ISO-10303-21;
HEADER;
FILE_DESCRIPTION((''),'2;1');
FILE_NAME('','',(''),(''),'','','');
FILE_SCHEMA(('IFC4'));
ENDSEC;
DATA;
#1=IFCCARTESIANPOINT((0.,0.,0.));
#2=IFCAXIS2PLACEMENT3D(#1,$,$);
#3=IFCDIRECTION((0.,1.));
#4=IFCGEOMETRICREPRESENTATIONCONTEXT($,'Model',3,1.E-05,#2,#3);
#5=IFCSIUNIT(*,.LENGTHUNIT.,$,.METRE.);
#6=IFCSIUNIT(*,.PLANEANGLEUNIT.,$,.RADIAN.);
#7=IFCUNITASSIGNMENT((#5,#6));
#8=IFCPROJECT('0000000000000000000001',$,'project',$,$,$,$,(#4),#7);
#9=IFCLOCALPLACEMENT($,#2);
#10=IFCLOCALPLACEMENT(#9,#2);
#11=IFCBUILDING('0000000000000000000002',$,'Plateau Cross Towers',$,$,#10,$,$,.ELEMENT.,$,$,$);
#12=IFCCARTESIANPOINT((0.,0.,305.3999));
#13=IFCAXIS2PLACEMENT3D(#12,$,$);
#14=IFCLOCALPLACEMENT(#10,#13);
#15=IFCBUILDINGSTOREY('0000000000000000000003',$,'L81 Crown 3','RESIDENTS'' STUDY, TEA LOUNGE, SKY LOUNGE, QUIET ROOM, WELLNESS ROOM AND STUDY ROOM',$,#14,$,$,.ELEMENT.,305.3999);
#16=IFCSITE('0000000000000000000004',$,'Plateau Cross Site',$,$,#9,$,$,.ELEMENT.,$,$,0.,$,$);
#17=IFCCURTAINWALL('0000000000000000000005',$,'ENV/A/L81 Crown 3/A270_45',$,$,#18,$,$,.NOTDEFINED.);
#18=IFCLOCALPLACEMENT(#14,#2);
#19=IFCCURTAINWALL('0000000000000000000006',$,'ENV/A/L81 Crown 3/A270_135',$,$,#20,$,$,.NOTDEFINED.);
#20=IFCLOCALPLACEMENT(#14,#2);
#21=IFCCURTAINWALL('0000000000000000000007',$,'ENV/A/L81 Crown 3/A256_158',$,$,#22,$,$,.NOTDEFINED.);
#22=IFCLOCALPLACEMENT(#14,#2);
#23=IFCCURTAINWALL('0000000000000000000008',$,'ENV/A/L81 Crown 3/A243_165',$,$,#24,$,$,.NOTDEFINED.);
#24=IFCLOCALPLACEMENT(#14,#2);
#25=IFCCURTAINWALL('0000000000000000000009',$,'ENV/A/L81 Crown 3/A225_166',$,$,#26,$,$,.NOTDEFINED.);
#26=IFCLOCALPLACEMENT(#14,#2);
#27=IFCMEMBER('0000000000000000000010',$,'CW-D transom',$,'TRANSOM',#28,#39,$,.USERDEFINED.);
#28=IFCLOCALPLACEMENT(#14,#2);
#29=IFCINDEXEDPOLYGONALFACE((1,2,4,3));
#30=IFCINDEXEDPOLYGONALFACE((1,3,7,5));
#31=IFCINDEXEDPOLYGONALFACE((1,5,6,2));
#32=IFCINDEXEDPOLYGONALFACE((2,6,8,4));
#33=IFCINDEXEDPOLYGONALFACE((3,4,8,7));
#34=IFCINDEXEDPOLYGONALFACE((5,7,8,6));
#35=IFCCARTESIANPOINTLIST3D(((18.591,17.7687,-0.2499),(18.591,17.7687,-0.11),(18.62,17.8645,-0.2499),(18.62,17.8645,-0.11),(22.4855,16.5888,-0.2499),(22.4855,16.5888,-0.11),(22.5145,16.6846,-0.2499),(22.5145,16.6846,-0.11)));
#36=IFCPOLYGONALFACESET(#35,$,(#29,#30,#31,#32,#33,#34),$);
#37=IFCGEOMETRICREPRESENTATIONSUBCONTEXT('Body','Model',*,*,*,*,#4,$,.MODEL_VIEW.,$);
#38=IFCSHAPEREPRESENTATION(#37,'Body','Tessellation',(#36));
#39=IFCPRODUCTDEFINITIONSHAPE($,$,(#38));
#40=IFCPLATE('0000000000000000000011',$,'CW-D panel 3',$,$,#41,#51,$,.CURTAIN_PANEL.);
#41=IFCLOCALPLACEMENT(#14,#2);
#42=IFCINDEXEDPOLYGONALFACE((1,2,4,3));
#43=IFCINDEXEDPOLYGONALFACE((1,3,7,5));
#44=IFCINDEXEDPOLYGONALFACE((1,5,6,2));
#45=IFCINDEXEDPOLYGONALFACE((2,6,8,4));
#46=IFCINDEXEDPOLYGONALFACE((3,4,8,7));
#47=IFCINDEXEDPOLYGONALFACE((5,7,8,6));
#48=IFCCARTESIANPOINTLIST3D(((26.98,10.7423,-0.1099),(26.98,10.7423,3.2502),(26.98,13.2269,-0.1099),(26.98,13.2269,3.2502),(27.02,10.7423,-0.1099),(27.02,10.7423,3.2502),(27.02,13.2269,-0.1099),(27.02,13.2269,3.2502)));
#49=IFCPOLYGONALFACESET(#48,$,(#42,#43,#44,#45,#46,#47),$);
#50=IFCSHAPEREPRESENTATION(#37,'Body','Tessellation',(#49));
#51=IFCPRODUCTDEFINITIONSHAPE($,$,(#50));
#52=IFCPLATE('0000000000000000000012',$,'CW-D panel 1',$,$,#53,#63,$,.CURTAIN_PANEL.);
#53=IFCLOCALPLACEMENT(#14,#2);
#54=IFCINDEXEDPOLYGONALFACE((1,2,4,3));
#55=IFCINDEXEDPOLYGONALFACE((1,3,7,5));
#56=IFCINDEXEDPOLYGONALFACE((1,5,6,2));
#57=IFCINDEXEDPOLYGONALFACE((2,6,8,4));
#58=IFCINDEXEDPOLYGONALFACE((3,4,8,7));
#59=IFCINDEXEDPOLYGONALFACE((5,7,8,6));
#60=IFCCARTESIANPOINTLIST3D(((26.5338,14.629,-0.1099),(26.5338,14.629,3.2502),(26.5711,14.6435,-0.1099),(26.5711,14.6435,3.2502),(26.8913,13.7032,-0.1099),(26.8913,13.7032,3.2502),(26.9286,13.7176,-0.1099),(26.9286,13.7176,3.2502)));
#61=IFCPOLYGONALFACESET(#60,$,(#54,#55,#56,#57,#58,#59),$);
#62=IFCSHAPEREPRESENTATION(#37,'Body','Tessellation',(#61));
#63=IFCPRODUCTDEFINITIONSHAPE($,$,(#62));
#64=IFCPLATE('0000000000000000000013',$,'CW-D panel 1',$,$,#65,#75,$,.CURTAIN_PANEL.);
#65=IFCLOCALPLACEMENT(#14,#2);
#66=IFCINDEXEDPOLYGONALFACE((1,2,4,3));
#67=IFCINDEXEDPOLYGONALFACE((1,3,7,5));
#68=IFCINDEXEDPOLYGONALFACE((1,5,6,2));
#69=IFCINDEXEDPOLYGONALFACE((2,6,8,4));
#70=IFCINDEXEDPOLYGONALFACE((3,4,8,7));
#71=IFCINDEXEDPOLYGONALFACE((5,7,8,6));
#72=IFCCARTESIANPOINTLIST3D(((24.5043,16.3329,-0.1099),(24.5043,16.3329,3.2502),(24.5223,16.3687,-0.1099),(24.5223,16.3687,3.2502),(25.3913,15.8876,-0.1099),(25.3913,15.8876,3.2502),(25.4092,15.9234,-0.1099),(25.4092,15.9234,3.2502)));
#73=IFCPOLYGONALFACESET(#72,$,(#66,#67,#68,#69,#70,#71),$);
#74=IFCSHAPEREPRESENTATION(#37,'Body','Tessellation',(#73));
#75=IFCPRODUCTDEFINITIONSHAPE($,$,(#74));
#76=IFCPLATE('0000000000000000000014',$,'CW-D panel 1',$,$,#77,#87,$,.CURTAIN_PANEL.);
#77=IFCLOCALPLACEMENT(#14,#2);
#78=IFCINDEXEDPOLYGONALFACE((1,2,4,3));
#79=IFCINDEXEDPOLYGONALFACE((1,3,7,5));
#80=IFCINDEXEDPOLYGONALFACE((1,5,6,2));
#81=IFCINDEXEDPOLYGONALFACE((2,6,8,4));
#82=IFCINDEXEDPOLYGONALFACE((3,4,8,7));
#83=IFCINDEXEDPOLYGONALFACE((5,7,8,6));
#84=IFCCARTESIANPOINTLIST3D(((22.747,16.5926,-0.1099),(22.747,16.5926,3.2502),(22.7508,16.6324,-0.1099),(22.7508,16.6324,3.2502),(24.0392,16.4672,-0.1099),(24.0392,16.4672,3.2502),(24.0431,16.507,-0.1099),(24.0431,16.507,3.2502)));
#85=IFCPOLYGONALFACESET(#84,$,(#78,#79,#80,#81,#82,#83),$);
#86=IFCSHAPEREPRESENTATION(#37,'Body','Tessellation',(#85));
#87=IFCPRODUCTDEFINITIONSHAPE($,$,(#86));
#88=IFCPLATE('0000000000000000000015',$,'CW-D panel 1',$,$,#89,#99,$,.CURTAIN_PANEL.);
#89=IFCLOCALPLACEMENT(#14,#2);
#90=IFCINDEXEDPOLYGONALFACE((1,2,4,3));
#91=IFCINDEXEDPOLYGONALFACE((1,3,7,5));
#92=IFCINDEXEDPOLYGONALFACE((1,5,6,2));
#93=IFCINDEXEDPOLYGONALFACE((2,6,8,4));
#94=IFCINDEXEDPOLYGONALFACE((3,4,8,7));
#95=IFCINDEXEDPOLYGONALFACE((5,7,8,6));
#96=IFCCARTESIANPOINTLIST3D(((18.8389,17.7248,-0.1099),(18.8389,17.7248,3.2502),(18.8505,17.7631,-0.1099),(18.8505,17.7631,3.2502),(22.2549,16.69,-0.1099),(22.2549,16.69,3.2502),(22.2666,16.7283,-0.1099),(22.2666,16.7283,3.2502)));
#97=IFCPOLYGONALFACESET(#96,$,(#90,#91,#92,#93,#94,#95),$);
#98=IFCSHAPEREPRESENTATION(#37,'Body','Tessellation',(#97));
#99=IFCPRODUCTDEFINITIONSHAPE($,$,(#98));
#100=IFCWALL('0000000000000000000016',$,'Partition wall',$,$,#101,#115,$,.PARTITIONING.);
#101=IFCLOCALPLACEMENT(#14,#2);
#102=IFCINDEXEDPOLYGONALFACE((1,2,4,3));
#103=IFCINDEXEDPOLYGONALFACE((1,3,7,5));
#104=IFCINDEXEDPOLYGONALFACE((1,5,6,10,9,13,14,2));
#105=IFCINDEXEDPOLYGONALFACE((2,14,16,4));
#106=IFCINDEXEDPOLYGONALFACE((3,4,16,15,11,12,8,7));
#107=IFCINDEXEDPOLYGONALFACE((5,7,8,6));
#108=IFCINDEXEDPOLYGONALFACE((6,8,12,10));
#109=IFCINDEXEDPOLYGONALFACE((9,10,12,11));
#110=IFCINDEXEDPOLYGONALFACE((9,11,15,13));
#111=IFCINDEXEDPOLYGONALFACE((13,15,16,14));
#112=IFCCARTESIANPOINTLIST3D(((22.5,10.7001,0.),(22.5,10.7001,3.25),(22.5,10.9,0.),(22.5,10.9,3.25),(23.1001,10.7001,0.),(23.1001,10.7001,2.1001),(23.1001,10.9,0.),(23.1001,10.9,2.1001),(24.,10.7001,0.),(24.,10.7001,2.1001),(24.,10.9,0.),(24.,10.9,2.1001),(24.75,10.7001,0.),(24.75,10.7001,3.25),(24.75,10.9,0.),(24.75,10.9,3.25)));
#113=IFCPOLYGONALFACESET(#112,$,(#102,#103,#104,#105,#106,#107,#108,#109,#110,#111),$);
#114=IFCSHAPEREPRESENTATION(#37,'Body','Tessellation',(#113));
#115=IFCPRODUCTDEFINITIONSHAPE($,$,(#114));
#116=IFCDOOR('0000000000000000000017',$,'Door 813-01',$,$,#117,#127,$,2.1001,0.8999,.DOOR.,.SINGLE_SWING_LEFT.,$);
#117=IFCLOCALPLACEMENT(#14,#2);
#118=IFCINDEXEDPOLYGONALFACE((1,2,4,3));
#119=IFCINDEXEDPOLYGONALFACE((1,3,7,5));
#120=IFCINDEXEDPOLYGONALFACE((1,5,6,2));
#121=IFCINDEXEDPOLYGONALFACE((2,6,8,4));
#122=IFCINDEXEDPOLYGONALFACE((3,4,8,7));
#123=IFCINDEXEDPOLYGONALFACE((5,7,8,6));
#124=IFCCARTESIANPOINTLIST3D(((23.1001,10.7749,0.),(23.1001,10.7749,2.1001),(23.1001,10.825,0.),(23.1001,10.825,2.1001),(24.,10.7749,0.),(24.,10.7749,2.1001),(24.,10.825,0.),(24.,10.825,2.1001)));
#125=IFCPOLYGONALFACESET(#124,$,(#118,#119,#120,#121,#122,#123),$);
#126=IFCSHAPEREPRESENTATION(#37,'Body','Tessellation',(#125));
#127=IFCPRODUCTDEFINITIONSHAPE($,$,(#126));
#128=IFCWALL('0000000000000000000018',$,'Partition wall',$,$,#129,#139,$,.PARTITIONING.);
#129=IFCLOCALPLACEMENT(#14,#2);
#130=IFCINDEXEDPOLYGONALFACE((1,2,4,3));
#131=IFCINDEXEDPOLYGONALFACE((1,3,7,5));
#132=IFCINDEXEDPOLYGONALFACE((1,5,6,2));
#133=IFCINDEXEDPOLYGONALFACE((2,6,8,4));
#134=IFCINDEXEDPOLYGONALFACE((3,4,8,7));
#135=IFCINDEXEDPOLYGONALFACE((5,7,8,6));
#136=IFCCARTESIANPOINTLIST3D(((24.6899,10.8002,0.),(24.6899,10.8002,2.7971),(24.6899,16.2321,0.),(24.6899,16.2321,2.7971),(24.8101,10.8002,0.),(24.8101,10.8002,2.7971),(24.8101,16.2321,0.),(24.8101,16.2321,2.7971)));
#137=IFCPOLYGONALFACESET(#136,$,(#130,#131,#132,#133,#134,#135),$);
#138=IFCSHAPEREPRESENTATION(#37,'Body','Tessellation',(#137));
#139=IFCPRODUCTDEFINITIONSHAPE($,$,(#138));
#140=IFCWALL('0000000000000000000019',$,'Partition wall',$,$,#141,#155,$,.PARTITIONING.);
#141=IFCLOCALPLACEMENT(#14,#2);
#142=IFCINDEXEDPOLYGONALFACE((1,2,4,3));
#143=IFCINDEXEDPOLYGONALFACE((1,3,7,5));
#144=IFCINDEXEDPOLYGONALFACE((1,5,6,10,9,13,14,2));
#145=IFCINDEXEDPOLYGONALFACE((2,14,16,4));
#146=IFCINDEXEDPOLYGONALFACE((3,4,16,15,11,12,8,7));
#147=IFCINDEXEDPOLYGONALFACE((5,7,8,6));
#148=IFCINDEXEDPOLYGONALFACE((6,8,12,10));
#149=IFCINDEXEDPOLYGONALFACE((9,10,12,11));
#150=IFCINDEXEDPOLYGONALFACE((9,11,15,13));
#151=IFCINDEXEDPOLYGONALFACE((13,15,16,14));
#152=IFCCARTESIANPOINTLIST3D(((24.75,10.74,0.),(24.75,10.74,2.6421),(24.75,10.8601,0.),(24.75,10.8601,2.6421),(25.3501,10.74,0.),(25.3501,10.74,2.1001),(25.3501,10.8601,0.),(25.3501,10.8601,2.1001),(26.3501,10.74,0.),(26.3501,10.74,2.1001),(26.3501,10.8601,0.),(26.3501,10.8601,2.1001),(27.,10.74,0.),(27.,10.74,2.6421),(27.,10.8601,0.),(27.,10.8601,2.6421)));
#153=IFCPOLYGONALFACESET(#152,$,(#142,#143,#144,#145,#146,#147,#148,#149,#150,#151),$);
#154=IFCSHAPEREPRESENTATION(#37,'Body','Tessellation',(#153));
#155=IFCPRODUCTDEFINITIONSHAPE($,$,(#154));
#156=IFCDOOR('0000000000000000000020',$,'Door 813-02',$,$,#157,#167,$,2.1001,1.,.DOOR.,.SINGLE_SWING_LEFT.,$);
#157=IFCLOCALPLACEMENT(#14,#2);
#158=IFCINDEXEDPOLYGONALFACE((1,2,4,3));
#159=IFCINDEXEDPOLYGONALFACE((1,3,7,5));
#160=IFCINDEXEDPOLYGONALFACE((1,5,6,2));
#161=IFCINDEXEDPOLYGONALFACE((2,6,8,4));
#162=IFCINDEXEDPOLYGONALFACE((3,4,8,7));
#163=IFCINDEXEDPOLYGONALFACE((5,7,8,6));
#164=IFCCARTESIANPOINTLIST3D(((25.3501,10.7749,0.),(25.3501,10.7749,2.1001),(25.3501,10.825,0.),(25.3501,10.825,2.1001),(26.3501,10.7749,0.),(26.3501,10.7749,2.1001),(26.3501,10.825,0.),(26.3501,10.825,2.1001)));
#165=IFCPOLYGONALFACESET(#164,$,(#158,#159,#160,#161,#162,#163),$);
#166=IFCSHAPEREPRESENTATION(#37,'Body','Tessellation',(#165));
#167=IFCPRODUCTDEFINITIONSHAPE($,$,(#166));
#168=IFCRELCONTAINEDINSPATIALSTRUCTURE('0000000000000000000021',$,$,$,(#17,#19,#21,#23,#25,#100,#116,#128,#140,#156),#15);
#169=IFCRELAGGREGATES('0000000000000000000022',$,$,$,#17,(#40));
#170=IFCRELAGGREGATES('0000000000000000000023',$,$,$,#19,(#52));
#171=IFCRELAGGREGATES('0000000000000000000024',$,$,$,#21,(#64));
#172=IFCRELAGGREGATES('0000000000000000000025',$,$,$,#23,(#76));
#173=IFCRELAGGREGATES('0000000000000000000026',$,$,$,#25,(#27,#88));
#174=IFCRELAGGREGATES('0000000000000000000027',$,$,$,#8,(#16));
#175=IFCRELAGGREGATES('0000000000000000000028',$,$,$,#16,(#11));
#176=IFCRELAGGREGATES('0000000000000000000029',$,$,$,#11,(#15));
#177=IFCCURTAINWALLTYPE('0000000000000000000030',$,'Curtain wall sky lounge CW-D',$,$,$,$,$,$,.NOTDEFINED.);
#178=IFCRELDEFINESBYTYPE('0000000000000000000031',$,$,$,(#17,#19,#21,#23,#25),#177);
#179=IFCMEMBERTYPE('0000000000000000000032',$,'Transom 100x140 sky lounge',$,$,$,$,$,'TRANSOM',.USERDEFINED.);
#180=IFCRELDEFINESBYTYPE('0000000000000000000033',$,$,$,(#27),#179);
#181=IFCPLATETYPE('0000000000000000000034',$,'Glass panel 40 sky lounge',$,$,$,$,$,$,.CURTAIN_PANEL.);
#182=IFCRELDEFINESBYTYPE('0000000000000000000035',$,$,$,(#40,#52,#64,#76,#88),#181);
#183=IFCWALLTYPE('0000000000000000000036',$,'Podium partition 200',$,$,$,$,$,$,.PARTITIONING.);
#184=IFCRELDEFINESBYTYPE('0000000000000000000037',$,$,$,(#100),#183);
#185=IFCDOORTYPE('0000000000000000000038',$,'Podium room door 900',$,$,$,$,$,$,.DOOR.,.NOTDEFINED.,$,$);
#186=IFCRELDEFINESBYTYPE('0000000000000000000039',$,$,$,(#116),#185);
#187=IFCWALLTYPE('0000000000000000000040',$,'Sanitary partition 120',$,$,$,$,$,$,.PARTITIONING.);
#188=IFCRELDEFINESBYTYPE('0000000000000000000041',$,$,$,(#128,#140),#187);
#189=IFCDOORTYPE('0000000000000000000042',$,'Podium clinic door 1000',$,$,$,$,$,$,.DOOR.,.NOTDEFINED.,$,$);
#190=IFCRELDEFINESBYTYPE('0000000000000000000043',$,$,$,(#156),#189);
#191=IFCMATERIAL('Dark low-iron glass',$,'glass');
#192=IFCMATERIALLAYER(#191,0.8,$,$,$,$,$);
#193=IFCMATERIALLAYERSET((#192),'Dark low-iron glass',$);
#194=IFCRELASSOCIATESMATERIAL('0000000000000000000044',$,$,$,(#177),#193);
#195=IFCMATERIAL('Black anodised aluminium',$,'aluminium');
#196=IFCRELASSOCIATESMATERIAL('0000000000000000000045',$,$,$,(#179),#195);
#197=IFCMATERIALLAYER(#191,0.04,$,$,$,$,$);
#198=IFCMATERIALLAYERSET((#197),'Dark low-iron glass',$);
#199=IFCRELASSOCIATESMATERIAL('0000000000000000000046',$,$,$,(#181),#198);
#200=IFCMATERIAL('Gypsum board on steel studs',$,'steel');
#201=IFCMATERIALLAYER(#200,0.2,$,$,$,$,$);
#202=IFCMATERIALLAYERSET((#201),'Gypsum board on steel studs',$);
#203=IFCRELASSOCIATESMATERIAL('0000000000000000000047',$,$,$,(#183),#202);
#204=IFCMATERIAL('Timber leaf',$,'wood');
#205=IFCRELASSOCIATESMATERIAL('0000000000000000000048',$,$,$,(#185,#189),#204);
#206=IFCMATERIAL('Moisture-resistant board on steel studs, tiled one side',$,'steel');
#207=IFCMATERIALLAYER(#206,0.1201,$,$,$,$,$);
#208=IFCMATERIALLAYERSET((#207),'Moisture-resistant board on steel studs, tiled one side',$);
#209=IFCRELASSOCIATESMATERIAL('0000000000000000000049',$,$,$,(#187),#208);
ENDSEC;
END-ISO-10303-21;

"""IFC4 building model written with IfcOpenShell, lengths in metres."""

from ifc_helpers import new_model, si_unit, direction, frame, frame_2d, origin, origin_2d, place, context, subcontext, project, spatial, rectangle, extrude, material, layer, layer_set, material_profile, profile_set, type_object, element, fill, aggregate, save


model = new_model("IFC4")

# Units and contexts
model_context = context("Model", 3, precision=1e-05, world=origin(), true_north=direction((0.0, 1.0)))
body_context = subcontext(model_context, "Body", "Model", "MODEL_VIEW")
ifc_project = project(units=[si_unit("LENGTHUNIT", "METRE"), si_unit("PLANEANGLEUNIT", "RADIAN")], contexts=[model_context])

# Site, building, storey
site_placement = place(None, origin())
site = spatial("IfcSite", under=ifc_project, at=site_placement, Name="Plateau Cross Site", CompositionType="ELEMENT", RefElevation=0.0)
building_placement = place(site_placement, origin())
building = spatial("IfcBuilding", under=site, at=building_placement, Name="Plateau Cross Towers", CompositionType="ELEMENT")
storey_placement = place(building_placement, frame((0.0, 0.0, 305.3999)))
storey = spatial("IfcBuildingStorey", under=building, at=storey_placement, Name="L81 Crown 3", Description="RESIDENTS' STUDY, TEA LOUNGE, SKY LOUNGE, QUIET ROOM, WELLNESS ROOM AND STUDY ROOM", CompositionType="ELEMENT", Elevation=305.3999)

# Curtain wall
ifc_material_1 = material(Name="Dark low-iron glass", Category="glass")
ifc_layer_1 = layer(ifc_material_1, 0.8)
ifc_layer_set_1 = layer_set([ifc_layer_1], Name="Dark low-iron glass")
curtain_wall_type = type_object("IfcCurtainWallType", Name="Curtain wall sky lounge CW-D", PredefinedType="NOTDEFINED", material=ifc_layer_set_1)
curtain_wall_1_placement = place(storey_placement, origin())
curtain_wall_1 = element("IfcCurtainWall", 1, at=curtain_wall_1_placement, inside=storey, type_object=curtain_wall_type, Name="ENV/A/L81 Crown 3/A270_45", PredefinedType="NOTDEFINED")
ifc_material_2 = material(Name="Black anodised aluminium", Category="aluminium")

# Curtain wall
curtain_wall_2_placement = place(storey_placement, origin())
curtain_wall_2 = element("IfcCurtainWall", 2, at=curtain_wall_2_placement, inside=storey, type_object=curtain_wall_type, Name="ENV/A/L81 Crown 3/A270_135", PredefinedType="NOTDEFINED")

# Curtain walls
curtain_wall_3_placement = place(storey_placement, origin())
curtain_wall_3 = element("IfcCurtainWall", 3, at=curtain_wall_3_placement, inside=storey, type_object=curtain_wall_type, Name="ENV/A/L81 Crown 3/A256_158", PredefinedType="NOTDEFINED")
curtain_wall_4_placement = place(storey_placement, origin())
curtain_wall_4 = element("IfcCurtainWall", 4, at=curtain_wall_4_placement, inside=storey, type_object=curtain_wall_type, Name="ENV/A/L81 Crown 3/A243_165", PredefinedType="NOTDEFINED")
curtain_wall_5_placement = place(storey_placement, origin())
curtain_wall_5 = element("IfcCurtainWall", 5, at=curtain_wall_5_placement, inside=storey, type_object=curtain_wall_type, Name="ENV/A/L81 Crown 3/A225_166", PredefinedType="NOTDEFINED")

# Member
ifc_material_profile_1 = material_profile(ifc_material_2, rectangle(XDim=0.1001, YDim=0.1399, at=origin_2d()), Name="TRANSOM 100x140")
ifc_profile_set_1 = profile_set([ifc_material_profile_1], Name="Black anodised aluminium")
member_type_1 = type_object("IfcMemberType", Name="Transom 100x140 sky lounge", ElementType="TRANSOM", PredefinedType="USERDEFINED", material=ifc_profile_set_1)
member_1_placement = place(storey_placement, frame((22.5, 16.6367, -0.1799), z_axis=(-0.95704, 0.289956, 0.0), x_axis=(-0.289956, -0.95704, 0.0)))
member_1 = element("IfcMember", 6, at=member_1_placement, type_object=member_type_1, Name="CW-D transom", ObjectType="TRANSOM", PredefinedType="USERDEFINED", context=body_context, shape_type="SweptSolid", body=[
    extrude(rectangle(XDim=0.1001, YDim=0.1399, at=origin_2d()), origin(), (0.0, 0.0, 1.0), 4.0693),
])

# Plates
ifc_layer_2 = layer(ifc_material_1, 0.04)
ifc_layer_set_2 = layer_set([ifc_layer_2], Name="Dark low-iron glass")
plate_type = type_object("IfcPlateType", Name="Glass panel 40 sky lounge", PredefinedType="CURTAIN_PANEL", material=ifc_layer_set_2)
plate_1_placement = place(storey_placement, frame((27.0, 11.9846, -0.1099), z_axis=(0.0, 0.0, 1.0), x_axis=(0.0, 1.0, 0.0)))
plate_1 = element("IfcPlate", 7, at=plate_1_placement, type_object=plate_type, Name="CW-D panel 3", PredefinedType="CURTAIN_PANEL", context=body_context, shape_type="SweptSolid", body=[
    extrude(rectangle(XDim=2.4846, YDim=0.04, at=origin_2d()), origin(), (0.0, 0.0, 1.0), 3.3601),
])
aggregate(curtain_wall_1, [plate_1])
plate_2_placement = place(storey_placement, frame((26.7312, 14.1733, -0.1099), z_axis=(0.0, 0.0, 1.0), x_axis=(-0.360226, 0.932865, 0.0)))
plate_2 = element("IfcPlate", 8, at=plate_2_placement, type_object=plate_type, Name="CW-D panel 1", PredefinedType="CURTAIN_PANEL", context=body_context, shape_type="SweptSolid", body=[
    extrude(rectangle(XDim=0.9924, YDim=0.04, at=origin_2d()), origin(), (0.0, 0.0, 1.0), 3.3601),
])
aggregate(curtain_wall_2, [plate_2])
plate_3_placement = place(storey_placement, frame((24.9568, 16.1282, -0.1099), z_axis=(0.0, 0.0, 1.0), x_axis=(-0.893702, 0.448661, 0.0)))
plate_3 = element("IfcPlate", 9, at=plate_3_placement, type_object=plate_type, Name="CW-D panel 1", PredefinedType="CURTAIN_PANEL", context=body_context, shape_type="SweptSolid", body=[
    extrude(rectangle(XDim=0.9924, YDim=0.04, at=origin_2d()), origin(), (0.0, 0.0, 1.0), 3.3601),
])
aggregate(curtain_wall_3, [plate_3])
plate_4_placement = place(storey_placement, frame((23.395, 16.5498, -0.1099), z_axis=(0.0, 0.0, 1.0), x_axis=(-0.995323, 0.096606, 0.0)))
plate_4 = element("IfcPlate", 10, at=plate_4_placement, type_object=plate_type, Name="CW-D panel 1", PredefinedType="CURTAIN_PANEL", context=body_context, shape_type="SweptSolid", body=[
    extrude(rectangle(XDim=1.2983, YDim=0.04, at=origin_2d()), origin(), (0.0, 0.0, 1.0), 3.3601),
])
aggregate(curtain_wall_4, [plate_4])
plate_5_placement = place(storey_placement, frame((20.5527, 17.2266, -0.1099), z_axis=(0.0, 0.0, 1.0), x_axis=(-0.957048, 0.289928, 0.0)))
plate_5 = element("IfcPlate", 11, at=plate_5_placement, type_object=plate_type, Name="CW-D panel 1", PredefinedType="CURTAIN_PANEL", context=body_context, shape_type="SweptSolid", body=[
    extrude(rectangle(XDim=3.5693, YDim=0.04, at=origin_2d()), origin(), (0.0, 0.0, 1.0), 3.3601),
])
aggregate(curtain_wall_5, [member_1, plate_5])

# Wall, opening, door
ifc_material_3 = material(Name="Gypsum board on steel studs", Category="steel")
ifc_layer_3 = layer(ifc_material_3, 0.2)
ifc_layer_set_3 = layer_set([ifc_layer_3], Name="Gypsum board on steel studs")
wall_type_1 = type_object("IfcWallType", Name="Podium partition 200", PredefinedType="PARTITIONING", material=ifc_layer_set_3)
wall_1_placement = place(storey_placement, frame((22.5, 10.8, 0.0), z_axis=(0.0, 0.0, 1.0), x_axis=(1.0, 0.0, 0.0)))
wall_1 = element("IfcWall", 12, at=wall_1_placement, inside=storey, type_object=wall_type_1, Name="Partition wall", PredefinedType="PARTITIONING", context=body_context, shape_type="SweptSolid", body=[
    extrude(rectangle(XDim=2.25, YDim=0.2, at=frame_2d((1.125, 0.0))), origin(), (0.0, 0.0, 1.0), 3.25),
])
opening_1_placement = place(wall_1_placement, frame((0.6001, 0.0, 0.0)))
opening_1 = element("IfcOpeningElement", 13, at=opening_1_placement, cuts=wall_1, PredefinedType="OPENING", context=body_context, shape_type="SweptSolid", body=[
    extrude(rectangle(XDim=0.8999, YDim=2.1001, at=frame_2d((0.45, 1.05))), frame((0.0, 0.1099, 0.0), z_axis=(0.0, -1.0, 0.0), x_axis=(1.0, 0.0, 0.0)), (0.0, 0.0, 1.0), 0.22),
])
ifc_material_4 = material(Name="Timber leaf", Category="wood")
door_type_1 = type_object("IfcDoorType", Name="Podium room door 900", OperationType="NOTDEFINED", PredefinedType="DOOR", material=ifc_material_4)
door_1_placement = place(opening_1_placement, origin())
door_1 = element("IfcDoor", 14, at=door_1_placement, inside=storey, type_object=door_type_1, Name="Door 813-01", OperationType="SINGLE_SWING_LEFT", OverallHeight=2.1001, OverallWidth=0.8999, PredefinedType="DOOR", context=body_context, shape_type="SweptSolid", body=[
    extrude(rectangle(XDim=0.8999, YDim=2.1001, at=frame_2d((0.45, 1.05))), frame((0.0, 0.0249, 0.0), z_axis=(0.0, -1.0, 0.0), x_axis=(1.0, 0.0, 0.0)), (0.0, 0.0, 1.0), 0.05),
])
fill(opening_1, door_1)

# Wall
ifc_material_5 = material(Name="Moisture-resistant board on steel studs, tiled one side", Category="steel")
ifc_layer_4 = layer(ifc_material_5, 0.1201)
ifc_layer_set_4 = layer_set([ifc_layer_4], Name="Moisture-resistant board on steel studs, tiled one side")
wall_type_2 = type_object("IfcWallType", Name="Sanitary partition 120", PredefinedType="PARTITIONING", material=ifc_layer_set_4)
wall_2_placement = place(storey_placement, frame((24.75, 16.2319, 0.0), z_axis=(0.0, 0.0, 1.0), x_axis=(0.0, -1.0, 0.0)))
element("IfcWall", 15, at=wall_2_placement, inside=storey, type_object=wall_type_2, Name="Partition wall", PredefinedType="PARTITIONING", context=body_context, shape_type="SweptSolid", body=[
    extrude(rectangle(XDim=5.4319, YDim=0.1201, at=frame_2d((2.7158, 0.0))), origin(), (0.0, 0.0, 1.0), 2.7971),
])

# Wall, opening, door
wall_3_placement = place(storey_placement, frame((24.75, 10.8, 0.0), z_axis=(0.0, 0.0, 1.0), x_axis=(1.0, 0.0, 0.0)))
wall_3 = element("IfcWall", 16, at=wall_3_placement, inside=storey, type_object=wall_type_2, Name="Partition wall", PredefinedType="PARTITIONING", context=body_context, shape_type="SweptSolid", body=[
    extrude(rectangle(XDim=2.25, YDim=0.1201, at=frame_2d((1.125, 0.0))), origin(), (0.0, 0.0, 1.0), 2.6421),
])
opening_2_placement = place(wall_3_placement, frame((0.6001, 0.0, 0.0)))
opening_2 = element("IfcOpeningElement", 17, at=opening_2_placement, cuts=wall_3, PredefinedType="OPENING", context=body_context, shape_type="SweptSolid", body=[
    extrude(rectangle(XDim=1.0, YDim=2.1001, at=frame_2d((0.5, 1.05))), frame((0.0, 0.0701, 0.0), z_axis=(0.0, -1.0, 0.0), x_axis=(1.0, 0.0, 0.0)), (0.0, 0.0, 1.0), 0.1401),
])
door_type_2 = type_object("IfcDoorType", Name="Podium clinic door 1000", OperationType="NOTDEFINED", PredefinedType="DOOR", material=ifc_material_4)
door_2_placement = place(opening_2_placement, origin())
door_2 = element("IfcDoor", 18, at=door_2_placement, inside=storey, type_object=door_type_2, Name="Door 813-02", OperationType="SINGLE_SWING_LEFT", OverallHeight=2.1001, OverallWidth=1.0, PredefinedType="DOOR", context=body_context, shape_type="SweptSolid", body=[
    extrude(rectangle(XDim=1.0, YDim=2.1001, at=frame_2d((0.5, 1.05))), frame((0.0, 0.0249, 0.0), z_axis=(0.0, -1.0, 0.0), x_axis=(1.0, 0.0, 0.0)), (0.0, 0.0, 1.0), 0.05),
])
fill(opening_2, door_2)

save(model, "model.ifc")
